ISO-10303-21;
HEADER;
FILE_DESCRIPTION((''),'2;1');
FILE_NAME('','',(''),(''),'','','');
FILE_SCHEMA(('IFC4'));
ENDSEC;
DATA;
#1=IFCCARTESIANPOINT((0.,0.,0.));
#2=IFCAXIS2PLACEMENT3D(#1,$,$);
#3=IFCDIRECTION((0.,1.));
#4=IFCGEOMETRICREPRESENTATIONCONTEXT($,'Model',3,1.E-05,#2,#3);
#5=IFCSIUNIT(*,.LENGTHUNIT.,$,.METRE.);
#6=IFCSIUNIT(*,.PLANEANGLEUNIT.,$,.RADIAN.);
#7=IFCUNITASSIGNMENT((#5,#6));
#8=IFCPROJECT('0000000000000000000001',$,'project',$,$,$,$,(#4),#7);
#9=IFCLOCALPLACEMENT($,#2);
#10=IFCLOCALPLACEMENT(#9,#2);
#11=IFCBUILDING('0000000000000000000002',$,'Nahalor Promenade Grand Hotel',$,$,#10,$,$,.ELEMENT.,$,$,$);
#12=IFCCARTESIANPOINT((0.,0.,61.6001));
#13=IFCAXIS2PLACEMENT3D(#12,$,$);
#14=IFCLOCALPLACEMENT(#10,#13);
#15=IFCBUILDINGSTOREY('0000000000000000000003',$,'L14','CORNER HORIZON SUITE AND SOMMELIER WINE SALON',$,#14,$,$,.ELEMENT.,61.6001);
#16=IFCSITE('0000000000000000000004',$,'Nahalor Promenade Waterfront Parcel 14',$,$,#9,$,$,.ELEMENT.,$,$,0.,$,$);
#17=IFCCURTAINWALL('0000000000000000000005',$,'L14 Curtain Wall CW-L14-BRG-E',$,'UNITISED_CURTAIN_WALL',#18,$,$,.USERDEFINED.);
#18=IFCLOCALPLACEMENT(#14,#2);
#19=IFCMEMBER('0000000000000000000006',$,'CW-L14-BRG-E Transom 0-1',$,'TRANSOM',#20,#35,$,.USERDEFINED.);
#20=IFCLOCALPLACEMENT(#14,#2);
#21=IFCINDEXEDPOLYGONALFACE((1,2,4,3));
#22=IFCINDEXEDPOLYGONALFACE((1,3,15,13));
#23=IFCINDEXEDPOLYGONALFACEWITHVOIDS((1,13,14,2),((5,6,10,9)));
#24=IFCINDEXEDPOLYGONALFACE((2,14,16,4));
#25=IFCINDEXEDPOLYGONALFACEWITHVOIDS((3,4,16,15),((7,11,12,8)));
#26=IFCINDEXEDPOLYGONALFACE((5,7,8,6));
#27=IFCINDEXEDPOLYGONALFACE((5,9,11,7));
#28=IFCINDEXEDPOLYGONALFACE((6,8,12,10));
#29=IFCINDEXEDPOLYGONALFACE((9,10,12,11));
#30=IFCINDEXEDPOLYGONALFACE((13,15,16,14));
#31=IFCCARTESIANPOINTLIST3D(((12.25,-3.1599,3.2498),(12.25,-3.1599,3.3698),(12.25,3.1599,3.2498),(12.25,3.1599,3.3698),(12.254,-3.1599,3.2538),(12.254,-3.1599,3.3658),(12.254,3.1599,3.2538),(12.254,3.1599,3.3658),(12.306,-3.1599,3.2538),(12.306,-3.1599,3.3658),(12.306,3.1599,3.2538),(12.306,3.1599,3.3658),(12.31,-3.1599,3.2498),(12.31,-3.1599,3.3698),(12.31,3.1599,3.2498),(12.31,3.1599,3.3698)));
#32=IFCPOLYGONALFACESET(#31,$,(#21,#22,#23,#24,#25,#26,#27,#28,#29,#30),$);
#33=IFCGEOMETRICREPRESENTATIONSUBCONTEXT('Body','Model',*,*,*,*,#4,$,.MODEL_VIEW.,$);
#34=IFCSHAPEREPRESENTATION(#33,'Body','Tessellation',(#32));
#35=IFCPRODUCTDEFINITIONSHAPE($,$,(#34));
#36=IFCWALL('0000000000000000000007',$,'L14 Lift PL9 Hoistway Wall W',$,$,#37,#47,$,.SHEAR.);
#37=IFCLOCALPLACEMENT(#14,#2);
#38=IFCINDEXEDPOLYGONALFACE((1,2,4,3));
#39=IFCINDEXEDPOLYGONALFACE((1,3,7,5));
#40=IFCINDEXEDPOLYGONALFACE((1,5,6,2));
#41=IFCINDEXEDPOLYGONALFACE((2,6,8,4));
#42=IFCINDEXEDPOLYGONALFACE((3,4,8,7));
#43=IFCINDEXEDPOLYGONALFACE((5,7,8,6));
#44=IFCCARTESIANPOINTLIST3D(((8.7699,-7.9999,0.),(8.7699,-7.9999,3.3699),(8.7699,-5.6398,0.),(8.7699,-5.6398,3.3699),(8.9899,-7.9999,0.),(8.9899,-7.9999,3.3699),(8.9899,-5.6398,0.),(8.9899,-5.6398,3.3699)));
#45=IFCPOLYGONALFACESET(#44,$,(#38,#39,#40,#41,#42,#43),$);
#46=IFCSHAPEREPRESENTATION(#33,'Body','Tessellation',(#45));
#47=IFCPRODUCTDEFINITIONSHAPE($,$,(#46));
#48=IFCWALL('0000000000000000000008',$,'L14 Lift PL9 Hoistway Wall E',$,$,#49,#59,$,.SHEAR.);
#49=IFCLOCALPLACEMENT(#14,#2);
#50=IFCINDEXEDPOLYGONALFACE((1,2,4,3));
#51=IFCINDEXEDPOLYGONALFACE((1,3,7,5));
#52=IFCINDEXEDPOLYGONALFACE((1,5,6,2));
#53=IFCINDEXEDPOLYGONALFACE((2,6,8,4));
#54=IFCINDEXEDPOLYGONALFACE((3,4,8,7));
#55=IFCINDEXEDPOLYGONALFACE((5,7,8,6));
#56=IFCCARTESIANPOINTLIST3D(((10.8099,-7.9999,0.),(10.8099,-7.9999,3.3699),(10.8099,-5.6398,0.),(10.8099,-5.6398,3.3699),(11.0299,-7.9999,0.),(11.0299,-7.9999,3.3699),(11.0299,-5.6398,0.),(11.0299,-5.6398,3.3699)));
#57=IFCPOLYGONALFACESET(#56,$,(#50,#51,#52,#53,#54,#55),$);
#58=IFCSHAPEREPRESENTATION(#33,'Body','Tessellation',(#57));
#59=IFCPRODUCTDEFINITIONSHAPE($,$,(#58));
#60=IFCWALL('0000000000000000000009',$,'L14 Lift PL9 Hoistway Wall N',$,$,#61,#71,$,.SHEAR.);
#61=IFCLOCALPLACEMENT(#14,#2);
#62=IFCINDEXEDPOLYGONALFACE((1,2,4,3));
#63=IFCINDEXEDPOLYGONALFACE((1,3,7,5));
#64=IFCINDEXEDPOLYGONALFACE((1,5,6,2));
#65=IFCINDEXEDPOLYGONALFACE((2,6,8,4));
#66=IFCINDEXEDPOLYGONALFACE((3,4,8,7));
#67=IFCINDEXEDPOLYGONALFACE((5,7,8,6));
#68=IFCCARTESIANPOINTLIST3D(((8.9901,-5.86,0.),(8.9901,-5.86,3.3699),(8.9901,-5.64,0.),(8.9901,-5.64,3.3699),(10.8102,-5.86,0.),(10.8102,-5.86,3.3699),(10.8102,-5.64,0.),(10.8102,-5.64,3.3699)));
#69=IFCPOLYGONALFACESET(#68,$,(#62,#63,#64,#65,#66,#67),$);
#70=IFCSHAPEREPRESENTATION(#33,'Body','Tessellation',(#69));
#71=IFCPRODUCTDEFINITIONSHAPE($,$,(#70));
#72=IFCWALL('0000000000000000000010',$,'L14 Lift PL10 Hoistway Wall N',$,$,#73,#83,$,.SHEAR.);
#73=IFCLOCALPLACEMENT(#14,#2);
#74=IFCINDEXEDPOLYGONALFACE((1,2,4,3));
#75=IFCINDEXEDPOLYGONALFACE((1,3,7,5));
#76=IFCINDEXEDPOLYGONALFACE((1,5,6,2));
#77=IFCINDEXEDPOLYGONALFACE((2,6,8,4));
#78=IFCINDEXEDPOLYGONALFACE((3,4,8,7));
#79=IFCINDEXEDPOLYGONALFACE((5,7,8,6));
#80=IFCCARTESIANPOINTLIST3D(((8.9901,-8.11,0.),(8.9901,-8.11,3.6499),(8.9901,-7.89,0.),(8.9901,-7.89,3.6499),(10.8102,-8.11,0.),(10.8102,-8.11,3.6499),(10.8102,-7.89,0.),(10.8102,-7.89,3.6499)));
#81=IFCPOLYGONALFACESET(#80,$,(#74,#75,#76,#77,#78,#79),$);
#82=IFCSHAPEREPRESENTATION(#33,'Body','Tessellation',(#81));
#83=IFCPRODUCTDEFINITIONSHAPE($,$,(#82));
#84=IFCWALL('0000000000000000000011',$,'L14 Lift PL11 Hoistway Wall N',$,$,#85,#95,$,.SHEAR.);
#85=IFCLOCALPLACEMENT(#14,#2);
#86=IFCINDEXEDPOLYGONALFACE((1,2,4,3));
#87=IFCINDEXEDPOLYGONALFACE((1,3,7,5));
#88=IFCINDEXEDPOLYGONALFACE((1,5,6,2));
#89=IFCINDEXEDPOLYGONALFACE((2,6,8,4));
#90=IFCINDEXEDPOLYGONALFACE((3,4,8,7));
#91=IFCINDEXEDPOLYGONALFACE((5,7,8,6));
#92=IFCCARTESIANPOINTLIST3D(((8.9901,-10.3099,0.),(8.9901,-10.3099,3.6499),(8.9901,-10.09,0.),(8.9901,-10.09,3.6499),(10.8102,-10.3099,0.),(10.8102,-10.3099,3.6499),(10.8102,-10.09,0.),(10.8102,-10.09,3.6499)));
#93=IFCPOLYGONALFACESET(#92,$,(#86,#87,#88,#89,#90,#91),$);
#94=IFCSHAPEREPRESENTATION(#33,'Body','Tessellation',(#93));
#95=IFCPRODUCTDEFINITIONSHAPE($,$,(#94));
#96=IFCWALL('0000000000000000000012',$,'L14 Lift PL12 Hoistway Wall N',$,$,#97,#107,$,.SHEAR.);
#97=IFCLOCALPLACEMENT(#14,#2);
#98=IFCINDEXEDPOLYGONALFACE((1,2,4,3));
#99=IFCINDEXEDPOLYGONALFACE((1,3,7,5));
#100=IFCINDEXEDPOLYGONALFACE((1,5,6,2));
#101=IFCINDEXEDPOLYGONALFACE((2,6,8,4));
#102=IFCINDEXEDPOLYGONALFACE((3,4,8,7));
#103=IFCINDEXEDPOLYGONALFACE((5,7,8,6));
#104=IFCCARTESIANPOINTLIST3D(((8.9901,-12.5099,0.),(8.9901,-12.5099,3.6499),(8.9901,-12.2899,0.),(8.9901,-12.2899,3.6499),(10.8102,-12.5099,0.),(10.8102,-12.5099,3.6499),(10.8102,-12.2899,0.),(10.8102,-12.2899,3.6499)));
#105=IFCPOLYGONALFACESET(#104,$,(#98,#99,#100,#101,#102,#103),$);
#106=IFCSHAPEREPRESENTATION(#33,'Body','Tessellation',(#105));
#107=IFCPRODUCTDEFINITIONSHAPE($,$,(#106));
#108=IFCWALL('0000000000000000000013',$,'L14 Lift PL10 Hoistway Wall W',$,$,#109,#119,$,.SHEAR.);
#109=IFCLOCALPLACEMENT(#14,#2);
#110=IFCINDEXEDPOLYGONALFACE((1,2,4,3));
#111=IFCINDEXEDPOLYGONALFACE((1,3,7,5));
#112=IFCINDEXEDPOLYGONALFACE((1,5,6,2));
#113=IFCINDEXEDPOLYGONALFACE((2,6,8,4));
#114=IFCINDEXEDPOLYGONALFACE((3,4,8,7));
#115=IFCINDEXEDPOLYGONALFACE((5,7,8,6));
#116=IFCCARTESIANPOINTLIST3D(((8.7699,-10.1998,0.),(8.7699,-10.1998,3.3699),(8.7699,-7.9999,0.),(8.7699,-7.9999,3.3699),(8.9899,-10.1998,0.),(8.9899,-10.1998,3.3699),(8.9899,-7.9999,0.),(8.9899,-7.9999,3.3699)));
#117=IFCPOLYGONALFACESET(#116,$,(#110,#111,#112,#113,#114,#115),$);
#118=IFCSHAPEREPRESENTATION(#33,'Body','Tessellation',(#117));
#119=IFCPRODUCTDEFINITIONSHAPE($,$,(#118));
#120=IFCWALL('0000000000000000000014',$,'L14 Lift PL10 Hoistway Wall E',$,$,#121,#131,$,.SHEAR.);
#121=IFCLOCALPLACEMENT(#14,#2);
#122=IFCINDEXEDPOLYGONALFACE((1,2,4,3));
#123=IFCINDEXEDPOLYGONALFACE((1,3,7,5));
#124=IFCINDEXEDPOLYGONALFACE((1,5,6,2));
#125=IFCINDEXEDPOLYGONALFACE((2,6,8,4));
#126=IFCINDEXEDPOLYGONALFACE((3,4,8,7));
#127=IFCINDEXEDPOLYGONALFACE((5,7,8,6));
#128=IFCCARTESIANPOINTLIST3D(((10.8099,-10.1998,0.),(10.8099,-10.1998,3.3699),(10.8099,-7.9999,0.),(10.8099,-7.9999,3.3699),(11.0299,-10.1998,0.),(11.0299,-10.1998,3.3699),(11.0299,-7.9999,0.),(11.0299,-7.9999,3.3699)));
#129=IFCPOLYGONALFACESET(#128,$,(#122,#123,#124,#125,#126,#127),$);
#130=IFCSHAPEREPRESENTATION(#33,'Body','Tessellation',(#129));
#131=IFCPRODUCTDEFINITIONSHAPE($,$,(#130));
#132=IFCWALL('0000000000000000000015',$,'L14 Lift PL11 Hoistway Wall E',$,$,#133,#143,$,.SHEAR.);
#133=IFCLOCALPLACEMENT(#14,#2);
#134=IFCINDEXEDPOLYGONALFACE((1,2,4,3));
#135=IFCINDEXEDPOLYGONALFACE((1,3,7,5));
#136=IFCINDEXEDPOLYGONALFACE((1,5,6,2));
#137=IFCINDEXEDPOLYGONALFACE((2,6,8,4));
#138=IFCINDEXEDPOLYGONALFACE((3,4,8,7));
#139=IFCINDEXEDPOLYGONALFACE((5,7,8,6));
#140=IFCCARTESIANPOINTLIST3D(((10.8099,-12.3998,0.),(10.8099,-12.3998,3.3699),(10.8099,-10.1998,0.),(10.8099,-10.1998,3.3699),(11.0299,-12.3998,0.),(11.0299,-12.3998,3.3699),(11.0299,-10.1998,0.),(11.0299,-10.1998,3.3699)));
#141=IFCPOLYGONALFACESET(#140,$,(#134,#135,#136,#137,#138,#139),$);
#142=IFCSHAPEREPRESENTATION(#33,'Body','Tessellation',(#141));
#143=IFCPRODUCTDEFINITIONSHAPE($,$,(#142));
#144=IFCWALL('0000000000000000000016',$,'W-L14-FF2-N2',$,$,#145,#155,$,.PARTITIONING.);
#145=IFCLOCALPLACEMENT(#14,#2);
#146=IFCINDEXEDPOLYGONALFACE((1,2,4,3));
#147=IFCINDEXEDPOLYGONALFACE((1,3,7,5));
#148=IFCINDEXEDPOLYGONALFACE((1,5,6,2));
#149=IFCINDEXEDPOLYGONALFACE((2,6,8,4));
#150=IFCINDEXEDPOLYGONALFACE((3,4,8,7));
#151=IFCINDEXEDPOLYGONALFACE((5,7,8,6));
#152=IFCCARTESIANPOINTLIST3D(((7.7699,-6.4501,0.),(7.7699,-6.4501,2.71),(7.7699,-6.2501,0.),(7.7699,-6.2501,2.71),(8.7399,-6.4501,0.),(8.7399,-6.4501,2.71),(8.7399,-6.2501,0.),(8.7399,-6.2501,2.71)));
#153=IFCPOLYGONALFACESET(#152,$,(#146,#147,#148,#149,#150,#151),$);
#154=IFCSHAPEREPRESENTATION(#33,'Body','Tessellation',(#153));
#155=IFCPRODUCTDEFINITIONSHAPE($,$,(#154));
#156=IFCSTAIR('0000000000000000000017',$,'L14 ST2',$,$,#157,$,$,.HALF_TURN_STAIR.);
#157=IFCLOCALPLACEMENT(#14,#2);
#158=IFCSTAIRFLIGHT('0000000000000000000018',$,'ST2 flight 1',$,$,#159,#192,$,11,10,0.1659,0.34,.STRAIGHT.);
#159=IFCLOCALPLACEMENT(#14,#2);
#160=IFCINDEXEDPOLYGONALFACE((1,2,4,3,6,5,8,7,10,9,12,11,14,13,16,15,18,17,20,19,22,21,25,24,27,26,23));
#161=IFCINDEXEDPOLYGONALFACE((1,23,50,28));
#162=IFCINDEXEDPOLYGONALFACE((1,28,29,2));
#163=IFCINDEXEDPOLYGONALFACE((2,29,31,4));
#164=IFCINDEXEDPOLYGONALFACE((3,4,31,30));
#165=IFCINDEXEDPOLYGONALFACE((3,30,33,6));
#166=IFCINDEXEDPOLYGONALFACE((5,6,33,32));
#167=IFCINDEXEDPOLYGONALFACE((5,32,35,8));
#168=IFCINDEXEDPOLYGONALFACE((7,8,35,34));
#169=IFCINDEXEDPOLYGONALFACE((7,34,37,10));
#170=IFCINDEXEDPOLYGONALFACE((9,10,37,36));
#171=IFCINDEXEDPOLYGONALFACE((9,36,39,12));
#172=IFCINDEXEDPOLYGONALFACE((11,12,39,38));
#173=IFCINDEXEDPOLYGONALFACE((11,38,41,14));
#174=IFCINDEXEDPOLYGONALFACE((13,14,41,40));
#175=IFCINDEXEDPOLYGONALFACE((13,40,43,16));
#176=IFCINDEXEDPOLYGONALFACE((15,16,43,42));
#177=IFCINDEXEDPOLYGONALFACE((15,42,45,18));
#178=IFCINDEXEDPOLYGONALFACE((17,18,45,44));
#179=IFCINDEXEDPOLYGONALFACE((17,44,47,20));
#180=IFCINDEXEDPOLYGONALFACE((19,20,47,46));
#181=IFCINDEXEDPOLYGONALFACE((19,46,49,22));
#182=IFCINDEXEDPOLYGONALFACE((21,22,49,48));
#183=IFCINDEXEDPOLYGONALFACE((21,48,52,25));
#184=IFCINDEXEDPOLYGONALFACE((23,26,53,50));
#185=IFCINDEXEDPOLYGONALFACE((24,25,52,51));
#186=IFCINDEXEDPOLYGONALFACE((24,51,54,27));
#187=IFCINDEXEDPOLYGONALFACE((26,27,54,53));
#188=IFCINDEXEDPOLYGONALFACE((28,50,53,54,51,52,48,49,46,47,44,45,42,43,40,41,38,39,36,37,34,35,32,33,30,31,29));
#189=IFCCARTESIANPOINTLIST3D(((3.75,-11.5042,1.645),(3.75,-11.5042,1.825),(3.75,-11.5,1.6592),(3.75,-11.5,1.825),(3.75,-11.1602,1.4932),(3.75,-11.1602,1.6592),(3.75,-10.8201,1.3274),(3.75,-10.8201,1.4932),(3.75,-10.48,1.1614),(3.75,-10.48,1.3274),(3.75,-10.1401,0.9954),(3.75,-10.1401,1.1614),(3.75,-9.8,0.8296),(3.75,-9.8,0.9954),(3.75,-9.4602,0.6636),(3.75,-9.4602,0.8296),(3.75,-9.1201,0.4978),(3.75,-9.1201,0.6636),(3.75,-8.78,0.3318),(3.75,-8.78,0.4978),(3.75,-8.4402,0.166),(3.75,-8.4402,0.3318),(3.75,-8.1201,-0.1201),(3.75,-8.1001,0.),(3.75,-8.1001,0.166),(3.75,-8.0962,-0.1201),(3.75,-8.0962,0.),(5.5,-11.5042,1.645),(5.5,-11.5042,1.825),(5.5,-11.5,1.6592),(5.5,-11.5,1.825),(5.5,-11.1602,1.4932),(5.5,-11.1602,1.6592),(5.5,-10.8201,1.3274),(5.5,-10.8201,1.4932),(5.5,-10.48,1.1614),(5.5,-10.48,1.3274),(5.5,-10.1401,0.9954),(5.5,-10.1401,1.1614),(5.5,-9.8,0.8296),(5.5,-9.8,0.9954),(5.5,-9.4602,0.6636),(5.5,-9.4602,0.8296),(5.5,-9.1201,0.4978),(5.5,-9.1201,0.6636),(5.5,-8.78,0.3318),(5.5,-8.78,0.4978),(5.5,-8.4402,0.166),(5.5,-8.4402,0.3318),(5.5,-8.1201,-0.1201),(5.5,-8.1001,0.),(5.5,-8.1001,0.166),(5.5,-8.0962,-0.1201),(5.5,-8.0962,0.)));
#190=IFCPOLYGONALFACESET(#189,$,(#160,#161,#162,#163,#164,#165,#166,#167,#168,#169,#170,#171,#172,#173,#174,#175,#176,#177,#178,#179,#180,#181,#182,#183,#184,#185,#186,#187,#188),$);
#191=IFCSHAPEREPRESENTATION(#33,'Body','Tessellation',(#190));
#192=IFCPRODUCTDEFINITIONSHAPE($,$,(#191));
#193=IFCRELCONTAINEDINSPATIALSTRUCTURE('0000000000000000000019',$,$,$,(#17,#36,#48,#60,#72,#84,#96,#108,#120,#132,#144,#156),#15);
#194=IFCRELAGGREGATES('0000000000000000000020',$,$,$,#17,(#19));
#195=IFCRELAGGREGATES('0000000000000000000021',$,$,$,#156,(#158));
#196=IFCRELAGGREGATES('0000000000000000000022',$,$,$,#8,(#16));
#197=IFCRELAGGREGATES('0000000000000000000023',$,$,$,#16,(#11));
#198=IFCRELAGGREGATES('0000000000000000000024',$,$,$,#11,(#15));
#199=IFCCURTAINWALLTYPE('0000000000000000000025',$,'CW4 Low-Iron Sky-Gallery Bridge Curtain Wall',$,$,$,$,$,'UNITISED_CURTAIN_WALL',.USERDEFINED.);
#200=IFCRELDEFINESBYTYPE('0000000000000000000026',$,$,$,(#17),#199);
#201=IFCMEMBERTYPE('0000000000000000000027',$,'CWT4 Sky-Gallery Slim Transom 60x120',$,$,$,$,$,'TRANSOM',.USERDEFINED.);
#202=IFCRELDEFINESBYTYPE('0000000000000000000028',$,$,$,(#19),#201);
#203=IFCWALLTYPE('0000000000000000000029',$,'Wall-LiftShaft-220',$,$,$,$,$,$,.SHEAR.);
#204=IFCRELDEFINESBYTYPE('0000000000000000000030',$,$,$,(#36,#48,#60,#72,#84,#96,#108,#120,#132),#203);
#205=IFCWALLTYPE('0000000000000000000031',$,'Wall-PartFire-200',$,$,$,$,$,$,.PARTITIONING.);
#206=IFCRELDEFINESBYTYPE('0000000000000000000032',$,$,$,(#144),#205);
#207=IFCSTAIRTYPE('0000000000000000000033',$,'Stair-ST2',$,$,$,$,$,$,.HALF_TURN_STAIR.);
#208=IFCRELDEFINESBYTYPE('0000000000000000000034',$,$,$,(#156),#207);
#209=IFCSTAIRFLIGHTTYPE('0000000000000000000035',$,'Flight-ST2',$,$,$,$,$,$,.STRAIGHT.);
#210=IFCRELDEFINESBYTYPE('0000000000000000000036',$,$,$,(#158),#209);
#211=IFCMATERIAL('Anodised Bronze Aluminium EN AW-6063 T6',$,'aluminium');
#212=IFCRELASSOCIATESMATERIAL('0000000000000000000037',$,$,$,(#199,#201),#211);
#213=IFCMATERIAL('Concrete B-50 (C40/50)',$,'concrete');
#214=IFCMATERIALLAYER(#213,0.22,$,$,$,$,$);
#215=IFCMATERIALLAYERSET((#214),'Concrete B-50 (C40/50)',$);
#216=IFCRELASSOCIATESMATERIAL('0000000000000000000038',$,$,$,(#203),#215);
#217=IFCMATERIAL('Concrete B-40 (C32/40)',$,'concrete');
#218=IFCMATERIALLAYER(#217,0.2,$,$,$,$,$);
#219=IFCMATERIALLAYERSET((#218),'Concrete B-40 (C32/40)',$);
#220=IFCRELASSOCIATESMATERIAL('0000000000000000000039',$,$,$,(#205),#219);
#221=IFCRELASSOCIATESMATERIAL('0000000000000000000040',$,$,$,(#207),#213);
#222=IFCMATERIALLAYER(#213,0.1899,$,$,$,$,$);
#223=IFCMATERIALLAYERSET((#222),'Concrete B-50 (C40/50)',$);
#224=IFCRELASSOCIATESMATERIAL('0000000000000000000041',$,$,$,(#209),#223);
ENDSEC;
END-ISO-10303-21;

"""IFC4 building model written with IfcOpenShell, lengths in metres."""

from ifc_helpers import new_model, si_unit, direction, frame, frame_2d, origin, origin_2d, place, context, subcontext, project, spatial, polyline, rectangle, hollow_rectangle, outline, extrude, source, transform, mapped, material, layer, layer_set, material_profile, profile_set, type_object, element, aggregate, save


model = new_model("IFC4")

# Units and contexts
model_context = context("Model", 3, precision=1e-05, world=origin(), true_north=direction((0.0, 1.0)))
body_context = subcontext(model_context, "Body", "Model", "MODEL_VIEW")
ifc_project = project(units=[si_unit("LENGTHUNIT", "METRE"), si_unit("PLANEANGLEUNIT", "RADIAN")], contexts=[model_context])

# Site, building, storey
site_placement = place(None, origin())
site = spatial("IfcSite", under=ifc_project, at=site_placement, Name="Nahalor Promenade Waterfront Parcel 14", CompositionType="ELEMENT", RefElevation=0.0)
building_placement = place(site_placement, origin())
building = spatial("IfcBuilding", under=site, at=building_placement, Name="Nahalor Promenade Grand Hotel", CompositionType="ELEMENT")
storey_placement = place(building_placement, frame((0.0, 0.0, 61.6001)))
storey = spatial("IfcBuildingStorey", under=building, at=storey_placement, Name="L14", Description="CORNER HORIZON SUITE AND SOMMELIER WINE SALON", CompositionType="ELEMENT", Elevation=61.6001)

# Curtain wall
ifc_material_1 = material(Name="Anodised Bronze Aluminium EN AW-6063 T6", Category="aluminium")
curtain_wall_type_1 = type_object("IfcCurtainWallType", Name="CW4 Low-Iron Sky-Gallery Bridge Curtain Wall", ElementType="UNITISED_CURTAIN_WALL", PredefinedType="USERDEFINED", material=ifc_material_1)
curtain_wall_1_placement = place(storey_placement, origin())
curtain_wall_1 = element("IfcCurtainWall", 1, at=curtain_wall_1_placement, inside=storey, type_object=curtain_wall_type_1, Name="L14 Curtain Wall CW-L14-BRG-E", ObjectType="UNITISED_CURTAIN_WALL", PredefinedType="USERDEFINED")

# Member
ifc_material_profile_1 = material_profile(ifc_material_1, hollow_rectangle(XDim=0.06, YDim=0.12, WallThickness=0.004, at=origin_2d()), Name="CWT 60x120x4")
ifc_profile_set_1 = profile_set([ifc_material_profile_1], Name="Anodised Bronze Aluminium EN AW-6063 T6")
member_type_1 = type_object("IfcMemberType", Name="CWT4 Sky-Gallery Slim Transom 60x120", ElementType="TRANSOM", PredefinedType="USERDEFINED", material=ifc_profile_set_1)
shared_shape_1 = source(origin(), body_context, "Body", "SweptSolid", [
    extrude(hollow_rectangle(XDim=0.06, YDim=0.12, WallThickness=0.004, at=origin_2d()), origin(), (0.0, 0.0, 1.0), 6.3198),
])
member_1_placement = place(storey_placement, frame((12.28, -3.1599, 3.3098), z_axis=(0.0, 1.0, 0.0), x_axis=(-1.0, 0.0, 0.0)))
member_1 = element("IfcMember", 2, at=member_1_placement, type_object=member_type_1, Name="CW-L14-BRG-E Transom 0-1", ObjectType="TRANSOM", PredefinedType="USERDEFINED", context=body_context, shape_type="MappedRepresentation", body=[
    mapped(shared_shape_1, transform((0.0, 0.0, 0.0), scale=1.0)),
])
aggregate(curtain_wall_1, [member_1])

# Walls
ifc_material_2 = material(Name="Concrete B-50 (C40/50)", Category="concrete")
ifc_layer_1 = layer(ifc_material_2, 0.22)
ifc_layer_set_1 = layer_set([ifc_layer_1], Name="Concrete B-50 (C40/50)")
wall_type_1 = type_object("IfcWallType", Name="Wall-LiftShaft-220", PredefinedType="SHEAR", material=ifc_layer_set_1)
shared_shape_2 = source(origin(), body_context, "Body", "SweptSolid", [
    extrude(rectangle(XDim=2.3601, YDim=0.22, at=frame_2d((1.1802, 0.0))), origin(), (0.0, 0.0, 1.0), 3.3699),
])
for number, where, z_axis, x_axis, name in (
    (3, (8.8799, -8.0, 0.0), (0.0, 0.0, 1.0), (0.0, 1.0, 0.0), "L14 Lift PL9 Hoistway Wall W"),
    (4, (10.9199, -8.0, 0.0), (0.0, 0.0, 1.0), (0.0, 1.0, 0.0), "L14 Lift PL9 Hoistway Wall E"),
):
    element("IfcWall", number, at=place(storey_placement, frame(where, z_axis=z_axis, x_axis=x_axis)), inside=storey, type_object=wall_type_1, Name=name, PredefinedType="SHEAR", context=body_context, shape_type="MappedRepresentation", body=[
        mapped(shared_shape_2, transform((0.0, 0.0, 0.0), scale=1.0)),
    ])
shared_shape_3 = source(origin(), body_context, "Body", "SweptSolid", [
    extrude(rectangle(XDim=1.8201, YDim=0.22, at=frame_2d((0.9102, 0.0))), origin(), (0.0, 0.0, 1.0), 3.3699),
])
wall_1_placement = place(storey_placement, frame((8.99, -5.75, 0.0), z_axis=(0.0, 0.0, 1.0), x_axis=(1.0, 0.0, 0.0)))
element("IfcWall", 5, at=wall_1_placement, inside=storey, type_object=wall_type_1, Name="L14 Lift PL9 Hoistway Wall N", PredefinedType="SHEAR", context=body_context, shape_type="MappedRepresentation", body=[
    mapped(shared_shape_3, transform((0.0, 0.0, 0.0), scale=1.0)),
])
shared_shape_4 = source(origin(), body_context, "Body", "SweptSolid", [
    extrude(rectangle(XDim=1.8201, YDim=0.22, at=frame_2d((0.9102, 0.0))), origin(), (0.0, 0.0, 1.0), 3.6499),
])
for number, where, z_axis, x_axis, name in (
    (6, (8.99, -8.0, 0.0), (0.0, 0.0, 1.0), (1.0, 0.0, 0.0), "L14 Lift PL10 Hoistway Wall N"),
    (7, (8.99, -10.2, 0.0), (0.0, 0.0, 1.0), (1.0, 0.0, 0.0), "L14 Lift PL11 Hoistway Wall N"),
    (8, (8.99, -12.3999, 0.0), (0.0, 0.0, 1.0), (1.0, 0.0, 0.0), "L14 Lift PL12 Hoistway Wall N"),
):
    element("IfcWall", number, at=place(storey_placement, frame(where, z_axis=z_axis, x_axis=x_axis)), inside=storey, type_object=wall_type_1, Name=name, PredefinedType="SHEAR", context=body_context, shape_type="MappedRepresentation", body=[
        mapped(shared_shape_4, transform((0.0, 0.0, 0.0), scale=1.0)),
    ])
shared_shape_5 = source(origin(), body_context, "Body", "SweptSolid", [
    extrude(rectangle(XDim=2.2, YDim=0.22, at=frame_2d((1.1001, 0.0))), origin(), (0.0, 0.0, 1.0), 3.3699),
])
for number, where, z_axis, x_axis, name in (
    (9, (8.8799, -10.2, 0.0), (0.0, 0.0, 1.0), (0.0, 1.0, 0.0), "L14 Lift PL10 Hoistway Wall W"),
    (10, (10.9199, -10.2, 0.0), (0.0, 0.0, 1.0), (0.0, 1.0, 0.0), "L14 Lift PL10 Hoistway Wall E"),
    (11, (10.9199, -12.3999, 0.0), (0.0, 0.0, 1.0), (0.0, 1.0, 0.0), "L14 Lift PL11 Hoistway Wall E"),
):
    element("IfcWall", number, at=place(storey_placement, frame(where, z_axis=z_axis, x_axis=x_axis)), inside=storey, type_object=wall_type_1, Name=name, PredefinedType="SHEAR", context=body_context, shape_type="MappedRepresentation", body=[
        mapped(shared_shape_5, transform((0.0, 0.0, 0.0), scale=1.0)),
    ])
ifc_material_3 = material(Name="Concrete B-40 (C32/40)", Category="concrete")
ifc_layer_2 = layer(ifc_material_3, 0.2)
ifc_layer_set_2 = layer_set([ifc_layer_2], Name="Concrete B-40 (C32/40)")
wall_type_2 = type_object("IfcWallType", Name="Wall-PartFire-200", PredefinedType="PARTITIONING", material=ifc_layer_set_2)
shared_shape_6 = source(origin(), body_context, "Body", "SweptSolid", [
    extrude(rectangle(XDim=0.97, YDim=0.2, at=frame_2d((0.4849, 0.0))), origin(), (0.0, 0.0, 1.0), 2.71),
])
wall_2_placement = place(storey_placement, frame((7.77, -6.3501, 0.0), z_axis=(0.0, 0.0, 1.0), x_axis=(1.0, 0.0, 0.0)))
element("IfcWall", 12, at=wall_2_placement, inside=storey, type_object=wall_type_2, Name="W-L14-FF2-N2", PredefinedType="PARTITIONING", context=body_context, shape_type="MappedRepresentation", body=[
    mapped(shared_shape_6, transform((0.0, 0.0, 0.0), scale=1.0)),
])

# Stair, stair flight
stair_type = type_object("IfcStairType", Name="Stair-ST2", PredefinedType="HALF_TURN_STAIR", material=ifc_material_2)
stair_placement = place(storey_placement, origin())
stair = element("IfcStair", 13, at=stair_placement, inside=storey, type_object=stair_type, Name="L14 ST2", PredefinedType="HALF_TURN_STAIR")
ifc_layer_3 = layer(ifc_material_2, 0.1899)
ifc_layer_set_3 = layer_set([ifc_layer_3], Name="Concrete B-50 (C40/50)")
stair_flight_type = type_object("IfcStairFlightType", Name="Flight-ST2", PredefinedType="STRAIGHT", material=ifc_layer_set_3)
shared_shape_7 = source(origin(), body_context, "Body", "SweptSolid", [
    extrude(outline(polyline([(-0.0039, -0.1201), (-0.0039, 0.0), (0.0, 0.0), (0.0, 0.166), (0.3401, 0.166), (0.3401, 0.3318), (0.6799, 0.3318), (0.6799, 0.4978), (1.02, 0.4978), (1.02, 0.6636), (1.3601, 0.6636), (1.3601, 0.8296), (1.7, 0.8296), (1.7, 0.9954), (2.04, 0.9954), (2.04, 1.1614), (2.3799, 1.1614), (2.3799, 1.3274), (2.72, 1.3274), (2.72, 1.4932), (3.0601, 1.4932), (3.0601, 1.6592), (3.3999, 1.6592), (3.3999, 1.825), (3.4041, 1.825), (3.4041, 1.645), (0.02, -0.1201), (-0.0039, -0.1201)])), frame((0.0, 0.875, 0.0), z_axis=(0.0, -1.0, 0.0), x_axis=(1.0, 0.0, 0.0)), (0.0, 0.0, 1.0), 1.75),
])
stair_flight_1_placement = place(storey_placement, frame((4.625, -8.1001, 0.0), z_axis=(0.0, 0.0, 1.0), x_axis=(0.0, -1.0, 0.0)))
stair_flight_1 = element("IfcStairFlight", 14, at=stair_flight_1_placement, type_object=stair_flight_type, Name="ST2 flight 1", NumberOfRisers=11, NumberOfTreads=10, PredefinedType="STRAIGHT", RiserHeight=0.1659, TreadLength=0.34, context=body_context, shape_type="MappedRepresentation", body=[
    mapped(shared_shape_7, transform((0.0, 0.0, 0.0), scale=1.0)),
])
aggregate(stair, [stair_flight_1])

save(model, "model.ifc")
